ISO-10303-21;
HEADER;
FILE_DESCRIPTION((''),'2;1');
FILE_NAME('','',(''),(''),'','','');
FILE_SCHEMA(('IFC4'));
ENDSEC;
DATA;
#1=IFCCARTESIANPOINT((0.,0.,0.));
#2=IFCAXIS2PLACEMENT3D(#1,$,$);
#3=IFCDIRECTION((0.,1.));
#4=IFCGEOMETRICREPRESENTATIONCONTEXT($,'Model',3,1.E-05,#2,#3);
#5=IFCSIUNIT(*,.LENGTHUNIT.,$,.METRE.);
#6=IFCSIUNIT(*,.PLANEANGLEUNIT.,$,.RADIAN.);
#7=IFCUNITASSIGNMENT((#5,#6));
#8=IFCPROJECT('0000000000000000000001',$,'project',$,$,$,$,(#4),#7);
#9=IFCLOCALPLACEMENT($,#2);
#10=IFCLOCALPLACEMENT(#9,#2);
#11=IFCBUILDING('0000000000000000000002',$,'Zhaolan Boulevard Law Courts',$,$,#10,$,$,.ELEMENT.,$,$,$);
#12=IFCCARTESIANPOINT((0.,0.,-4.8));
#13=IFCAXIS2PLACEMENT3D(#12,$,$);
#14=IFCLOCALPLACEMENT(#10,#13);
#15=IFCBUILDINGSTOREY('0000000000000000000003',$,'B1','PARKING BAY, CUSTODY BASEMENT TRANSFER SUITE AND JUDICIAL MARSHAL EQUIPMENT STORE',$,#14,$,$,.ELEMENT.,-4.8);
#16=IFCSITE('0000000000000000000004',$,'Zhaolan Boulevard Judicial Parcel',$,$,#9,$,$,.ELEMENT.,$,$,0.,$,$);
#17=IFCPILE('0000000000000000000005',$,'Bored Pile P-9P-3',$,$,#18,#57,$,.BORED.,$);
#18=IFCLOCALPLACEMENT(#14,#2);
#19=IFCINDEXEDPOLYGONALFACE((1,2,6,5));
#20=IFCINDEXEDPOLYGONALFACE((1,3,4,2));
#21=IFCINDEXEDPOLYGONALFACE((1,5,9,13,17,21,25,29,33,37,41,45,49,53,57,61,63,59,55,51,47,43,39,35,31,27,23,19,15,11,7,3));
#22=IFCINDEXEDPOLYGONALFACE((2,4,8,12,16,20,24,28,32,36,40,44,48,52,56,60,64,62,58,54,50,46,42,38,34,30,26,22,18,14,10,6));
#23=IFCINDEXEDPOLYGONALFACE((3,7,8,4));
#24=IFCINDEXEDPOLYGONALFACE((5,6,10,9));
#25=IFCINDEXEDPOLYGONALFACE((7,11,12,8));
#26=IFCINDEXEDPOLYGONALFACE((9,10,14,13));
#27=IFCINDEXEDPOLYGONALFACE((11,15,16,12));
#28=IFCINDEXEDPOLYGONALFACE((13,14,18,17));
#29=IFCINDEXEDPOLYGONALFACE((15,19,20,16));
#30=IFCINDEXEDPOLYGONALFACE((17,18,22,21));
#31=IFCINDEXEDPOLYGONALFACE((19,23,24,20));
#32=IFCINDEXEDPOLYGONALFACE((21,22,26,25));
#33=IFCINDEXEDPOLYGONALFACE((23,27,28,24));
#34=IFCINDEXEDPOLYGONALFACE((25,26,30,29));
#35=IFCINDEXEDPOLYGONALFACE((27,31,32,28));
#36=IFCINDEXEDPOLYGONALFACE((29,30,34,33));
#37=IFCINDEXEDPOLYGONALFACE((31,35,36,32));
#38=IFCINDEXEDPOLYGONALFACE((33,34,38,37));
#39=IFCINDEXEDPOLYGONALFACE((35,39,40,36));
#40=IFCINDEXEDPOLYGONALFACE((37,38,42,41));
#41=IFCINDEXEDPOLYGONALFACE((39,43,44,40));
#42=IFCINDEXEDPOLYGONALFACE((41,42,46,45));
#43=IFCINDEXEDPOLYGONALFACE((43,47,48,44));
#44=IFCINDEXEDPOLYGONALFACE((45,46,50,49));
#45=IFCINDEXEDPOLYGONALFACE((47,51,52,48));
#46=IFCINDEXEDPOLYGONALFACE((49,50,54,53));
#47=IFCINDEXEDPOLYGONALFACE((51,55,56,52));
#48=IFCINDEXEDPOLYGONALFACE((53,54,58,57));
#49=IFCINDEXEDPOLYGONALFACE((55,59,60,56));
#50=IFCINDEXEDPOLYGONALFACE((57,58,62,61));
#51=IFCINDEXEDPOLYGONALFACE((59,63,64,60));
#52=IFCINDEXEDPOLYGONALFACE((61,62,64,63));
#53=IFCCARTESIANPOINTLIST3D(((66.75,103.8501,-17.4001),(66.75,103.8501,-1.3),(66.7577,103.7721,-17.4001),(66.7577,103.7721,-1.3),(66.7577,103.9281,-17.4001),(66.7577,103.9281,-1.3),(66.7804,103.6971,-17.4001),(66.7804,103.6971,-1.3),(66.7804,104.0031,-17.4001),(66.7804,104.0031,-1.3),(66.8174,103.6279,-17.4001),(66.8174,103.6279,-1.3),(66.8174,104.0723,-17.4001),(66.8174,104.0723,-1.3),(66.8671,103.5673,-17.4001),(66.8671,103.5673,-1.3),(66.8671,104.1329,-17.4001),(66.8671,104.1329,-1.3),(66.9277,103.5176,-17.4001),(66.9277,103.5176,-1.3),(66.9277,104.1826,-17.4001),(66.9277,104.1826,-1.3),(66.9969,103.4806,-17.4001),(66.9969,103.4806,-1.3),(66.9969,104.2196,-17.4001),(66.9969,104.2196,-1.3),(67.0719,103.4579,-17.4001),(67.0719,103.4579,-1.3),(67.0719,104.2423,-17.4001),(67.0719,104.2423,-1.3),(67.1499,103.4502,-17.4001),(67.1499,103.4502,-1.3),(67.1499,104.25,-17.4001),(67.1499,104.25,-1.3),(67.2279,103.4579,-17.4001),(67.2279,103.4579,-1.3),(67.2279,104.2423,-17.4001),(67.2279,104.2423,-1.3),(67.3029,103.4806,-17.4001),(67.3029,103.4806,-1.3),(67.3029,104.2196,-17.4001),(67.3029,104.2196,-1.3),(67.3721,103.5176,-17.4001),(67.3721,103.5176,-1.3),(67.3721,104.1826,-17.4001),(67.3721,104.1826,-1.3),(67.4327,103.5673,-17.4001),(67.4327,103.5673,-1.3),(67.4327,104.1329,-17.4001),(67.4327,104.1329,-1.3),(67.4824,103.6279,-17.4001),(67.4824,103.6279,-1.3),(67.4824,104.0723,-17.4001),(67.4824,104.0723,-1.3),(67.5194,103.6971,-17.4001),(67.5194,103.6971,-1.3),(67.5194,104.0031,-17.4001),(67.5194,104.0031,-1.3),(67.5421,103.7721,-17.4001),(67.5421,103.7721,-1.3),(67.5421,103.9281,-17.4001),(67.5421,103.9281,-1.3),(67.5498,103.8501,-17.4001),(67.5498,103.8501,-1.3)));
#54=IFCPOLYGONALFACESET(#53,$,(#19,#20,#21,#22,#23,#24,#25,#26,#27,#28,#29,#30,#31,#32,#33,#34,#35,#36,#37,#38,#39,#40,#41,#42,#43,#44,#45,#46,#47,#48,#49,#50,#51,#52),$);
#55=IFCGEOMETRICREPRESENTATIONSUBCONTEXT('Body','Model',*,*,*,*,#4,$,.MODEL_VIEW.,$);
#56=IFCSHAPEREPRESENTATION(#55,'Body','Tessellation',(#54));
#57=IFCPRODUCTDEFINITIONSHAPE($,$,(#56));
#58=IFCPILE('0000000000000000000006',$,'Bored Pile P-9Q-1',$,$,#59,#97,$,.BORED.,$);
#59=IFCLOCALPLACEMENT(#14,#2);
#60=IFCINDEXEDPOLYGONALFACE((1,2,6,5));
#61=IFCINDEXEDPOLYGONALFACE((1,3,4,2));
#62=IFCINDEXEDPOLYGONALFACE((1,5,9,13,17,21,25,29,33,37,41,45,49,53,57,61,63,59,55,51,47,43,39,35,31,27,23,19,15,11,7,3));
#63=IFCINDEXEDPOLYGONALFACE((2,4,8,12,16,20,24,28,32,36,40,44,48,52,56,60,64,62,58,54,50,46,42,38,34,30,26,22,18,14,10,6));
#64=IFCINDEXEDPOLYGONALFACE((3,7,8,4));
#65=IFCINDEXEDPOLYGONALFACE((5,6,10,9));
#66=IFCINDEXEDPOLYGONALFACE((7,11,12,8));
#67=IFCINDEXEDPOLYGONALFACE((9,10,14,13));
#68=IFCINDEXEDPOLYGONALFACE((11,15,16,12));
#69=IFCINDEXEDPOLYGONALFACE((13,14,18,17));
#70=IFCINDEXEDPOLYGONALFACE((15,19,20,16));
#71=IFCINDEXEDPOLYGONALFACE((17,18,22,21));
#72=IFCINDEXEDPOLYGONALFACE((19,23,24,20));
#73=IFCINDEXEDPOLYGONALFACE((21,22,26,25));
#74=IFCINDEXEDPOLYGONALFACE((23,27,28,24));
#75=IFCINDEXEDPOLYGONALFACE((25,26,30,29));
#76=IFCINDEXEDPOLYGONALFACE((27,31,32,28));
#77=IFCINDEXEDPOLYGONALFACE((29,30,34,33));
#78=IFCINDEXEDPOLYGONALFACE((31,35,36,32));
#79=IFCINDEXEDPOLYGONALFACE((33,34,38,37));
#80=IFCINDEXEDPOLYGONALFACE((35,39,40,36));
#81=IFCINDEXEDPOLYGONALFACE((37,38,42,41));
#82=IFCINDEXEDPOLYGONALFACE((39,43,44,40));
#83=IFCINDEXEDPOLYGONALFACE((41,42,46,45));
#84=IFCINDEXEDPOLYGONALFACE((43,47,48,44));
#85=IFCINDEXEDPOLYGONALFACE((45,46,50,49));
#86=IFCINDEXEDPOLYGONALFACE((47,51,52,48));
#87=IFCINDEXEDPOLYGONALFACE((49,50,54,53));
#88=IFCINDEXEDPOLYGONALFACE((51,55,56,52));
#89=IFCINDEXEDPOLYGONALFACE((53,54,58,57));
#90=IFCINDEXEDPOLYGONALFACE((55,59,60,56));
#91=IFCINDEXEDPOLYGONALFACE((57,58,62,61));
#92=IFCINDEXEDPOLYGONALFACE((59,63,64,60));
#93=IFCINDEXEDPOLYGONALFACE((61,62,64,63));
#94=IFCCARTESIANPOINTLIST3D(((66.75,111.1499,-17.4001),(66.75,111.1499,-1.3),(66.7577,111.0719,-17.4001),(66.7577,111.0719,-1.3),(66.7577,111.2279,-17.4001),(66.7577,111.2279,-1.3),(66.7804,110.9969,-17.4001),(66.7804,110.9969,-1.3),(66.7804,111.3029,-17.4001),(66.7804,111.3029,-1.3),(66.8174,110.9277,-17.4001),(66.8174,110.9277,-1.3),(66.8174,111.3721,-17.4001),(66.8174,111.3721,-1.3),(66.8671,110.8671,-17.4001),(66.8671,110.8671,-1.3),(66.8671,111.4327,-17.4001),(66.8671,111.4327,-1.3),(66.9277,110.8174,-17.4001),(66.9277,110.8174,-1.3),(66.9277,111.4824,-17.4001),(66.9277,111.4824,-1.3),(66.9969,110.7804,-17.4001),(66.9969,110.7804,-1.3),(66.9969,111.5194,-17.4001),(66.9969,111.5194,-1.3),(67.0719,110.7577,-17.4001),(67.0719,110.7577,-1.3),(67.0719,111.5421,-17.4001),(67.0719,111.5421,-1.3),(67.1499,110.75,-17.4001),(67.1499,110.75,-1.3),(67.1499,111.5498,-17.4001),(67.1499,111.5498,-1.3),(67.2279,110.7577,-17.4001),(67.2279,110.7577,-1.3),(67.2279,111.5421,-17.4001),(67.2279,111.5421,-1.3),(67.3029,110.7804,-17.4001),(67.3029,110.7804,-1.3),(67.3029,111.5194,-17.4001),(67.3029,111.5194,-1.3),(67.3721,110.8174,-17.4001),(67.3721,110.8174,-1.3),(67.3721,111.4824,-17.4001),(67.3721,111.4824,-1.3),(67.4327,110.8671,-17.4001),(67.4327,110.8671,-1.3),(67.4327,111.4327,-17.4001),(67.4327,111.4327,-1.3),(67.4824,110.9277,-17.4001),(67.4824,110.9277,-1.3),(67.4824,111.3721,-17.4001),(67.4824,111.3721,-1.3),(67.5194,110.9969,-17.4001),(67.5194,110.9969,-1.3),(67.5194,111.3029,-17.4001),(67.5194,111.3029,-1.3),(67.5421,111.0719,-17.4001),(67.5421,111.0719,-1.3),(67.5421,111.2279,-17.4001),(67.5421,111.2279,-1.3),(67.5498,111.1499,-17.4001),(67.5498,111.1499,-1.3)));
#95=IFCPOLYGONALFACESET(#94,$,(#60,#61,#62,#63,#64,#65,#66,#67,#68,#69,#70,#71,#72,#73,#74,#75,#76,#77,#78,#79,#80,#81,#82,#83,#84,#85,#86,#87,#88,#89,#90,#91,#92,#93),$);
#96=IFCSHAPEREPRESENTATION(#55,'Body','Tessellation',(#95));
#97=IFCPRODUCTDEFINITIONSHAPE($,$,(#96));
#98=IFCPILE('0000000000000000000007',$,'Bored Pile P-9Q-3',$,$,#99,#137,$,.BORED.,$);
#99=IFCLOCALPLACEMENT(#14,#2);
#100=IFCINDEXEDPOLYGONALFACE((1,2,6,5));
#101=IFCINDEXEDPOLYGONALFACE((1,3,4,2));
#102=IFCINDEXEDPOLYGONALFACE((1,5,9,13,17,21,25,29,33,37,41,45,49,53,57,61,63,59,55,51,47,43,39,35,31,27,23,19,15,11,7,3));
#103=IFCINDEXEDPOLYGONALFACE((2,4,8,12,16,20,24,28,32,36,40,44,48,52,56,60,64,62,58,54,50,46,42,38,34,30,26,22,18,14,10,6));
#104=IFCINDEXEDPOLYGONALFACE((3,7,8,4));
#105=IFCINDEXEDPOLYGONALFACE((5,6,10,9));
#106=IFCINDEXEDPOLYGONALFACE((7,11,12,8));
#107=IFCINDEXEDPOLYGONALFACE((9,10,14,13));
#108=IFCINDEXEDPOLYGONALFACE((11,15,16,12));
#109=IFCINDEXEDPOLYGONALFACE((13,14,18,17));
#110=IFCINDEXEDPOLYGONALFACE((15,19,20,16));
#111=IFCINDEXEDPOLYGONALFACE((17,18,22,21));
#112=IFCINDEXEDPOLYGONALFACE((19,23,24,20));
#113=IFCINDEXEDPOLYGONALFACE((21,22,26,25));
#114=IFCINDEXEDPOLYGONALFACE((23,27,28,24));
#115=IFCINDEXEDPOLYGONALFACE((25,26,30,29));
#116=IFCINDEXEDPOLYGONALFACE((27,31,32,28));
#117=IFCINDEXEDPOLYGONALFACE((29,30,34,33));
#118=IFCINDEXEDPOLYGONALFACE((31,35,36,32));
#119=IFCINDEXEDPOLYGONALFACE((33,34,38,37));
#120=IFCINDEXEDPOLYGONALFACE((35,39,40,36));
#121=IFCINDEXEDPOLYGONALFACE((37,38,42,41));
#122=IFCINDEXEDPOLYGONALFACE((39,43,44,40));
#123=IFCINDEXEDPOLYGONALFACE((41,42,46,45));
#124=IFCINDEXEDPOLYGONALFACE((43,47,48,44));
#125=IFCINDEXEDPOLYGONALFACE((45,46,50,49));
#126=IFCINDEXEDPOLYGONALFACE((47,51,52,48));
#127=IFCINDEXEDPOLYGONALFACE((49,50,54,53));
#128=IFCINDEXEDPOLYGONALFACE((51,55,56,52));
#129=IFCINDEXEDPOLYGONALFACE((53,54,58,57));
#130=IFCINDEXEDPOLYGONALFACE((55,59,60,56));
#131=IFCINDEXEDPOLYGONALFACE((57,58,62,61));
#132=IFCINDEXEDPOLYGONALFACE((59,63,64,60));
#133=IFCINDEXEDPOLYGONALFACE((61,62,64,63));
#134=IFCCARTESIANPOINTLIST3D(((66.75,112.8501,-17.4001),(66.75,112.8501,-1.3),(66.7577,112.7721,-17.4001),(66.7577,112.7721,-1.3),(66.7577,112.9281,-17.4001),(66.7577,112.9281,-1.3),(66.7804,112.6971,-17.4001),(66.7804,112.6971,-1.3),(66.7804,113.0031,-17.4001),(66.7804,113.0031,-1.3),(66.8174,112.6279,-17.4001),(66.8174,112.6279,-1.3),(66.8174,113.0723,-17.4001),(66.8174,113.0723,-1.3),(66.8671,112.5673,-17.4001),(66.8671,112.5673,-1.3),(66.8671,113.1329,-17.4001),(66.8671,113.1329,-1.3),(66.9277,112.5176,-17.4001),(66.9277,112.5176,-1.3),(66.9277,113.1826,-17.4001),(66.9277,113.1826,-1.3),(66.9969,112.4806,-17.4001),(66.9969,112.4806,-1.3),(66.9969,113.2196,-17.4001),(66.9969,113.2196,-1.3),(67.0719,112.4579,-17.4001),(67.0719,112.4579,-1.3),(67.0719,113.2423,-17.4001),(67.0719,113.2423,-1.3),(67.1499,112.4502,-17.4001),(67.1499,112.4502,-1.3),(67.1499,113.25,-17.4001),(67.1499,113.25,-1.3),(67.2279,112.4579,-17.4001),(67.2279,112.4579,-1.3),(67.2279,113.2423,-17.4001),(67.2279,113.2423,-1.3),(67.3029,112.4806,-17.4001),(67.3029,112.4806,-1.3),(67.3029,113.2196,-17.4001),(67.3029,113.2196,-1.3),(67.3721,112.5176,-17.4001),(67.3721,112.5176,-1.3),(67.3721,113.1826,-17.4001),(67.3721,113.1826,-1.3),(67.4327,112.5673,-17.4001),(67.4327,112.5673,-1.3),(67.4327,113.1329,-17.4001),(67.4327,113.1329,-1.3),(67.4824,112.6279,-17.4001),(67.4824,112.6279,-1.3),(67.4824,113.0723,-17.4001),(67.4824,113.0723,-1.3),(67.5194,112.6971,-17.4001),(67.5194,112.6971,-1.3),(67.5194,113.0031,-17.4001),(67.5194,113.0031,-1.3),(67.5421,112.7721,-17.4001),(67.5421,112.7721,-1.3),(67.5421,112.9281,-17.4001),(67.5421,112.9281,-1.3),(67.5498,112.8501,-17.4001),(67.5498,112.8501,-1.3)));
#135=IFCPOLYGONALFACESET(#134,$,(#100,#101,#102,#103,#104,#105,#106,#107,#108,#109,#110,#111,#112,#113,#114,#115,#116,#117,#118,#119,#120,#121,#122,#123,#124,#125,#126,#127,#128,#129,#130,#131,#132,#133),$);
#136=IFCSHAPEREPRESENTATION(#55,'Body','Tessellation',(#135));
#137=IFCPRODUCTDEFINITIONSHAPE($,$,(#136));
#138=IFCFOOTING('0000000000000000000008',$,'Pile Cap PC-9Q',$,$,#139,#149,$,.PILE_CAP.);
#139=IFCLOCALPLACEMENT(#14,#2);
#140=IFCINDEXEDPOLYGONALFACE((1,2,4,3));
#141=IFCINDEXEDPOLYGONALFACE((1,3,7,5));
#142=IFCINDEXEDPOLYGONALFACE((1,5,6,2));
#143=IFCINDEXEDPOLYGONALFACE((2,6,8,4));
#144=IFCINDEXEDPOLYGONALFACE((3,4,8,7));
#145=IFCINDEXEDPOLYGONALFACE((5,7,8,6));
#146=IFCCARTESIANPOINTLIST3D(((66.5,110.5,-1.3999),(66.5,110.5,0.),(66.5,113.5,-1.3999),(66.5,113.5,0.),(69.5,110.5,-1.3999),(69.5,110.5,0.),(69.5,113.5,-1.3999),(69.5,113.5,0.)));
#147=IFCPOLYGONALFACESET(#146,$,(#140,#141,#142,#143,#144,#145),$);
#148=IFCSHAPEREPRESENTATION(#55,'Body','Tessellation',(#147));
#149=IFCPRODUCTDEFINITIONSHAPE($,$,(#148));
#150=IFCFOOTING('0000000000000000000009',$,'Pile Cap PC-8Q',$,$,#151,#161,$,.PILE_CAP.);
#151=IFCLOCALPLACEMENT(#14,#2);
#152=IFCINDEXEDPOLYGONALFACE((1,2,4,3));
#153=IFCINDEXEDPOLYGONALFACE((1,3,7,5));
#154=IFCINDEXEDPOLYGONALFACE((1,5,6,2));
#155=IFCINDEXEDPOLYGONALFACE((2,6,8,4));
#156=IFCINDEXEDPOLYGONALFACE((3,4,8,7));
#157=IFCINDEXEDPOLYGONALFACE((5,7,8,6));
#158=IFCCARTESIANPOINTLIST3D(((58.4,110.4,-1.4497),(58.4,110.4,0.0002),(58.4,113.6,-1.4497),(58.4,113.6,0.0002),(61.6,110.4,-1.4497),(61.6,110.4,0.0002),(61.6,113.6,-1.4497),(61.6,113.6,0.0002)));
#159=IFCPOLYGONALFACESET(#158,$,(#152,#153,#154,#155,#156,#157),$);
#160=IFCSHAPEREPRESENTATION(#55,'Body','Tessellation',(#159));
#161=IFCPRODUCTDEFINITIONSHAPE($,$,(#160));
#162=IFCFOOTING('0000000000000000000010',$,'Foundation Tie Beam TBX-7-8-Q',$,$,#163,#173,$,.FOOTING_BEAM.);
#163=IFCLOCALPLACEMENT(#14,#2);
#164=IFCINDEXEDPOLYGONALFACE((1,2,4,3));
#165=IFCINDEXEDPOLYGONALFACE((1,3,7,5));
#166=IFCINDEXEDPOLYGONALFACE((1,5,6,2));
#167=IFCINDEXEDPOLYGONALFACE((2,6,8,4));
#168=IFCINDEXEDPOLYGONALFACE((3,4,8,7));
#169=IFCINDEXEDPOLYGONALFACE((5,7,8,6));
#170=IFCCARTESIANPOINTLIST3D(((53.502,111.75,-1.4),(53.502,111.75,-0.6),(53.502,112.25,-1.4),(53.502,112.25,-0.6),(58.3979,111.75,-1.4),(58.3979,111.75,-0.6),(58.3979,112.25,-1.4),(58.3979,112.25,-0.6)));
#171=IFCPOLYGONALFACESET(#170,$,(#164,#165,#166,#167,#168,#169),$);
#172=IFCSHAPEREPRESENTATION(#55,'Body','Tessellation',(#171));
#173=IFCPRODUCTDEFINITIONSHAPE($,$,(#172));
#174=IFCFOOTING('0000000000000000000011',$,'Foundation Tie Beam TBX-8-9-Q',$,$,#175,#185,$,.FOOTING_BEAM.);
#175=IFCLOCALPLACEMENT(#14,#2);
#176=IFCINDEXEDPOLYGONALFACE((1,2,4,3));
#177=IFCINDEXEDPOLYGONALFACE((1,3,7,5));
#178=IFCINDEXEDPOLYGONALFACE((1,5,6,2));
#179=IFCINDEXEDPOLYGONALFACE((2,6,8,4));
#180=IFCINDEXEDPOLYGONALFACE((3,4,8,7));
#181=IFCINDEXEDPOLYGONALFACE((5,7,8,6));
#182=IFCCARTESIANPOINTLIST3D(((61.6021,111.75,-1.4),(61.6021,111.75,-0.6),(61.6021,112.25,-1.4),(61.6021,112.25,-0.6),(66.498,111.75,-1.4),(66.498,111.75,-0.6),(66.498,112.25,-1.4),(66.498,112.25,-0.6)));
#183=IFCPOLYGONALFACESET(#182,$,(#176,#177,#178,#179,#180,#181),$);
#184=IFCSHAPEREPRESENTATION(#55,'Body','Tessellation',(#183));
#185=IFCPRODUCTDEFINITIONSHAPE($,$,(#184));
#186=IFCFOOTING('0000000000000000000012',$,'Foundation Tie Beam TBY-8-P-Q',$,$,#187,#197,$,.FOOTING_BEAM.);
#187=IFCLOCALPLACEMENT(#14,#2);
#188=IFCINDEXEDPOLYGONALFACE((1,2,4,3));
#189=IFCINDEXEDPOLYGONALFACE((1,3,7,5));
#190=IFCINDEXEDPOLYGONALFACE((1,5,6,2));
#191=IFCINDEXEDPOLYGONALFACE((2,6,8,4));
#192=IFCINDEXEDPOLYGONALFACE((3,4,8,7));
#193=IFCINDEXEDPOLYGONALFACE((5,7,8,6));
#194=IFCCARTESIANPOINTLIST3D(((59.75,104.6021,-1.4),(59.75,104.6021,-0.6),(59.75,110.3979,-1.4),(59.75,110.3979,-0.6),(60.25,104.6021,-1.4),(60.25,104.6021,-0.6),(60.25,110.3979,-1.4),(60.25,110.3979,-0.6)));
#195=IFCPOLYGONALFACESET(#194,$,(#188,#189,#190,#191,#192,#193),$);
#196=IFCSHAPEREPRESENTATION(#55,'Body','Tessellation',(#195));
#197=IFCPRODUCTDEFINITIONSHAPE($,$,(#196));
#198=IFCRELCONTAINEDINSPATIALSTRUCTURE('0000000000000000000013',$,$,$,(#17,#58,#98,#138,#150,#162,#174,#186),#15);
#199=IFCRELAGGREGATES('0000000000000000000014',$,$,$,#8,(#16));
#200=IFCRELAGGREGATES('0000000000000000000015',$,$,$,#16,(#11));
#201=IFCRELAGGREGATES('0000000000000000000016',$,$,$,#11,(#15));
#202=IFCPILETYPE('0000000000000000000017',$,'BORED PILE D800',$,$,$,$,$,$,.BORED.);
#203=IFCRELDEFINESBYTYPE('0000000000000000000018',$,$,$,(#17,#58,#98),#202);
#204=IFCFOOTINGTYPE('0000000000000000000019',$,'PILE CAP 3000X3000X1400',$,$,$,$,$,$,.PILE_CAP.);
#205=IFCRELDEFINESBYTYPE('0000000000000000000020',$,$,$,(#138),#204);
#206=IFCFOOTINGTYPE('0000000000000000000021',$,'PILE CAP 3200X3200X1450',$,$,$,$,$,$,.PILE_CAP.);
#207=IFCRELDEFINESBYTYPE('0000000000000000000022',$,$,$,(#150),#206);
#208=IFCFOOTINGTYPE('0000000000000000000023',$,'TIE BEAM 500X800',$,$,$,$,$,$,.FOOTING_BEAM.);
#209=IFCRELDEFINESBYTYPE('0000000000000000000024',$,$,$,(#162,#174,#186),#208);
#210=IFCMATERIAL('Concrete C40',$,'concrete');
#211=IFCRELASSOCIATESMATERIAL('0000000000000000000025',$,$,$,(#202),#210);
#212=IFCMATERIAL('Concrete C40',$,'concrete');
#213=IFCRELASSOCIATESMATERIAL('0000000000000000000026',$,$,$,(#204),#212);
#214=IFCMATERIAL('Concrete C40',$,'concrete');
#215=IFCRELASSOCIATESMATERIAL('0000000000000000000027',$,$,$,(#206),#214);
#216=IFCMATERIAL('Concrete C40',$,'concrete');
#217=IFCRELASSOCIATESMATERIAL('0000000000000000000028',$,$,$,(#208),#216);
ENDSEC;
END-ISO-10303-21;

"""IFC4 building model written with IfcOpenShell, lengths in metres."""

from ifc_helpers import new_model, si_unit, direction, frame, origin, origin_2d, place, context, subcontext, project, spatial, rectangle, circle, extrude, material, material_profile, profile_set, type_object, element, save


model = new_model("IFC4")

# Units and contexts
model_context = context("Model", 3, precision=1e-05, world=origin(), true_north=direction((0.0, 1.0)))
body_context = subcontext(model_context, "Body", "Model", "MODEL_VIEW")
ifc_project = project(units=[si_unit("LENGTHUNIT", "METRE"), si_unit("PLANEANGLEUNIT", "RADIAN")], contexts=[model_context])

# Site, building, storey
site_placement = place(None, origin())
site = spatial("IfcSite", under=ifc_project, at=site_placement, Name="Zhaolan Boulevard Judicial Parcel", CompositionType="ELEMENT", RefElevation=0.0)
building_placement = place(site_placement, origin())
building = spatial("IfcBuilding", under=site, at=building_placement, Name="Zhaolan Boulevard Law Courts", CompositionType="ELEMENT")
storey_placement = place(building_placement, frame((0.0, 0.0, -4.8)))
storey = spatial("IfcBuildingStorey", under=building, at=storey_placement, Name="B1", Description="PARKING BAY, CUSTODY BASEMENT TRANSFER SUITE AND JUDICIAL MARSHAL EQUIPMENT STORE", CompositionType="ELEMENT", Elevation=-4.8)

# Piles
ifc_material_1 = material(Name="Concrete C40", Category="concrete")
ifc_material_profile_1 = material_profile(ifc_material_1, circle(Radius=0.3999, at=origin_2d()), Name="PILE-D800")
ifc_profile_set_1 = profile_set([ifc_material_profile_1], Name="Concrete C40")
pile_type = type_object("IfcPileType", Name="BORED PILE D800", PredefinedType="BORED", material=ifc_profile_set_1)
for number, where, z_axis, x_axis, name in (
    (1, (67.1499, 103.8501, -1.3), (0.0, 0.0, -1.0), (1.0, 0.0, 0.0), "Bored Pile P-9P-3"),
    (2, (67.1499, 111.1499, -1.3), (0.0, 0.0, -1.0), (1.0, 0.0, 0.0), "Bored Pile P-9Q-1"),
    (3, (67.1499, 112.8501, -1.3), (0.0, 0.0, -1.0), (1.0, 0.0, 0.0), "Bored Pile P-9Q-3"),
):
    element("IfcPile", number, at=place(storey_placement, frame(where, z_axis=z_axis, x_axis=x_axis)), inside=storey, type_object=pile_type, Name=name, PredefinedType="BORED", context=body_context, shape_type="SweptSolid", body=[
        extrude(circle(Radius=0.3999, at=origin_2d()), origin(), (0.0, 0.0, 1.0), 16.1001),
    ])

# Footings
ifc_material_2 = material(Name="Concrete C40", Category="concrete")
footing_type_1 = type_object("IfcFootingType", Name="PILE CAP 3000X3000X1400", PredefinedType="PILE_CAP", material=ifc_material_2)
footing_1_placement = place(storey_placement, frame((68.0, 112.0, -1.3999), z_axis=(0.0, 0.0, 1.0), x_axis=(1.0, 0.0, 0.0)))
element("IfcFooting", 4, at=footing_1_placement, inside=storey, type_object=footing_type_1, Name="Pile Cap PC-9Q", PredefinedType="PILE_CAP", context=body_context, shape_type="SweptSolid", body=[
    extrude(rectangle(XDim=3.0, YDim=3.0, at=origin_2d()), origin(), (0.0, 0.0, 1.0), 1.3999),
])
ifc_material_3 = material(Name="Concrete C40", Category="concrete")
footing_type_2 = type_object("IfcFootingType", Name="PILE CAP 3200X3200X1450", PredefinedType="PILE_CAP", material=ifc_material_3)
footing_2_placement = place(storey_placement, frame((60.0, 112.0, -1.4497), z_axis=(0.0, 0.0, 1.0), x_axis=(1.0, 0.0, 0.0)))
element("IfcFooting", 5, at=footing_2_placement, inside=storey, type_object=footing_type_2, Name="Pile Cap PC-8Q", PredefinedType="PILE_CAP", context=body_context, shape_type="SweptSolid", body=[
    extrude(rectangle(XDim=3.2, YDim=3.2, at=origin_2d()), origin(), (0.0, 0.0, 1.0), 1.45),
])
ifc_material_4 = material(Name="Concrete C40", Category="concrete")
ifc_material_profile_2 = material_profile(ifc_material_4, rectangle(XDim=0.5, YDim=0.8, at=origin_2d()), Name="RC500x800")
ifc_profile_set_2 = profile_set([ifc_material_profile_2], Name="Concrete C40")
footing_type_3 = type_object("IfcFootingType", Name="TIE BEAM 500X800", PredefinedType="FOOTING_BEAM", material=ifc_profile_set_2)
for number, where, z_axis, x_axis, name in (
    (6, (53.502, 112.0, -1.0), (1.0, 0.0, 0.0), (0.0, 1.0, 0.0), "Foundation Tie Beam TBX-7-8-Q"),
    (7, (61.6021, 112.0, -1.0), (1.0, 0.0, 0.0), (0.0, 1.0, 0.0), "Foundation Tie Beam TBX-8-9-Q"),
):
    element("IfcFooting", number, at=place(storey_placement, frame(where, z_axis=z_axis, x_axis=x_axis)), inside=storey, type_object=footing_type_3, Name=name, PredefinedType="FOOTING_BEAM", context=body_context, shape_type="SweptSolid", body=[
        extrude(rectangle(XDim=0.5, YDim=0.8, at=origin_2d()), origin(), (0.0, 0.0, 1.0), 4.896),
    ])
footing_3_placement = place(storey_placement, frame((60.0, 104.6021, -1.0), z_axis=(0.0, 1.0, 0.0), x_axis=(-1.0, 0.0, 0.0)))
element("IfcFooting", 8, at=footing_3_placement, inside=storey, type_object=footing_type_3, Name="Foundation Tie Beam TBY-8-P-Q", PredefinedType="FOOTING_BEAM", context=body_context, shape_type="SweptSolid", body=[
    extrude(rectangle(XDim=0.5, YDim=0.8, at=origin_2d()), origin(), (0.0, 0.0, 1.0), 5.7959),
])

save(model, "model.ifc")
